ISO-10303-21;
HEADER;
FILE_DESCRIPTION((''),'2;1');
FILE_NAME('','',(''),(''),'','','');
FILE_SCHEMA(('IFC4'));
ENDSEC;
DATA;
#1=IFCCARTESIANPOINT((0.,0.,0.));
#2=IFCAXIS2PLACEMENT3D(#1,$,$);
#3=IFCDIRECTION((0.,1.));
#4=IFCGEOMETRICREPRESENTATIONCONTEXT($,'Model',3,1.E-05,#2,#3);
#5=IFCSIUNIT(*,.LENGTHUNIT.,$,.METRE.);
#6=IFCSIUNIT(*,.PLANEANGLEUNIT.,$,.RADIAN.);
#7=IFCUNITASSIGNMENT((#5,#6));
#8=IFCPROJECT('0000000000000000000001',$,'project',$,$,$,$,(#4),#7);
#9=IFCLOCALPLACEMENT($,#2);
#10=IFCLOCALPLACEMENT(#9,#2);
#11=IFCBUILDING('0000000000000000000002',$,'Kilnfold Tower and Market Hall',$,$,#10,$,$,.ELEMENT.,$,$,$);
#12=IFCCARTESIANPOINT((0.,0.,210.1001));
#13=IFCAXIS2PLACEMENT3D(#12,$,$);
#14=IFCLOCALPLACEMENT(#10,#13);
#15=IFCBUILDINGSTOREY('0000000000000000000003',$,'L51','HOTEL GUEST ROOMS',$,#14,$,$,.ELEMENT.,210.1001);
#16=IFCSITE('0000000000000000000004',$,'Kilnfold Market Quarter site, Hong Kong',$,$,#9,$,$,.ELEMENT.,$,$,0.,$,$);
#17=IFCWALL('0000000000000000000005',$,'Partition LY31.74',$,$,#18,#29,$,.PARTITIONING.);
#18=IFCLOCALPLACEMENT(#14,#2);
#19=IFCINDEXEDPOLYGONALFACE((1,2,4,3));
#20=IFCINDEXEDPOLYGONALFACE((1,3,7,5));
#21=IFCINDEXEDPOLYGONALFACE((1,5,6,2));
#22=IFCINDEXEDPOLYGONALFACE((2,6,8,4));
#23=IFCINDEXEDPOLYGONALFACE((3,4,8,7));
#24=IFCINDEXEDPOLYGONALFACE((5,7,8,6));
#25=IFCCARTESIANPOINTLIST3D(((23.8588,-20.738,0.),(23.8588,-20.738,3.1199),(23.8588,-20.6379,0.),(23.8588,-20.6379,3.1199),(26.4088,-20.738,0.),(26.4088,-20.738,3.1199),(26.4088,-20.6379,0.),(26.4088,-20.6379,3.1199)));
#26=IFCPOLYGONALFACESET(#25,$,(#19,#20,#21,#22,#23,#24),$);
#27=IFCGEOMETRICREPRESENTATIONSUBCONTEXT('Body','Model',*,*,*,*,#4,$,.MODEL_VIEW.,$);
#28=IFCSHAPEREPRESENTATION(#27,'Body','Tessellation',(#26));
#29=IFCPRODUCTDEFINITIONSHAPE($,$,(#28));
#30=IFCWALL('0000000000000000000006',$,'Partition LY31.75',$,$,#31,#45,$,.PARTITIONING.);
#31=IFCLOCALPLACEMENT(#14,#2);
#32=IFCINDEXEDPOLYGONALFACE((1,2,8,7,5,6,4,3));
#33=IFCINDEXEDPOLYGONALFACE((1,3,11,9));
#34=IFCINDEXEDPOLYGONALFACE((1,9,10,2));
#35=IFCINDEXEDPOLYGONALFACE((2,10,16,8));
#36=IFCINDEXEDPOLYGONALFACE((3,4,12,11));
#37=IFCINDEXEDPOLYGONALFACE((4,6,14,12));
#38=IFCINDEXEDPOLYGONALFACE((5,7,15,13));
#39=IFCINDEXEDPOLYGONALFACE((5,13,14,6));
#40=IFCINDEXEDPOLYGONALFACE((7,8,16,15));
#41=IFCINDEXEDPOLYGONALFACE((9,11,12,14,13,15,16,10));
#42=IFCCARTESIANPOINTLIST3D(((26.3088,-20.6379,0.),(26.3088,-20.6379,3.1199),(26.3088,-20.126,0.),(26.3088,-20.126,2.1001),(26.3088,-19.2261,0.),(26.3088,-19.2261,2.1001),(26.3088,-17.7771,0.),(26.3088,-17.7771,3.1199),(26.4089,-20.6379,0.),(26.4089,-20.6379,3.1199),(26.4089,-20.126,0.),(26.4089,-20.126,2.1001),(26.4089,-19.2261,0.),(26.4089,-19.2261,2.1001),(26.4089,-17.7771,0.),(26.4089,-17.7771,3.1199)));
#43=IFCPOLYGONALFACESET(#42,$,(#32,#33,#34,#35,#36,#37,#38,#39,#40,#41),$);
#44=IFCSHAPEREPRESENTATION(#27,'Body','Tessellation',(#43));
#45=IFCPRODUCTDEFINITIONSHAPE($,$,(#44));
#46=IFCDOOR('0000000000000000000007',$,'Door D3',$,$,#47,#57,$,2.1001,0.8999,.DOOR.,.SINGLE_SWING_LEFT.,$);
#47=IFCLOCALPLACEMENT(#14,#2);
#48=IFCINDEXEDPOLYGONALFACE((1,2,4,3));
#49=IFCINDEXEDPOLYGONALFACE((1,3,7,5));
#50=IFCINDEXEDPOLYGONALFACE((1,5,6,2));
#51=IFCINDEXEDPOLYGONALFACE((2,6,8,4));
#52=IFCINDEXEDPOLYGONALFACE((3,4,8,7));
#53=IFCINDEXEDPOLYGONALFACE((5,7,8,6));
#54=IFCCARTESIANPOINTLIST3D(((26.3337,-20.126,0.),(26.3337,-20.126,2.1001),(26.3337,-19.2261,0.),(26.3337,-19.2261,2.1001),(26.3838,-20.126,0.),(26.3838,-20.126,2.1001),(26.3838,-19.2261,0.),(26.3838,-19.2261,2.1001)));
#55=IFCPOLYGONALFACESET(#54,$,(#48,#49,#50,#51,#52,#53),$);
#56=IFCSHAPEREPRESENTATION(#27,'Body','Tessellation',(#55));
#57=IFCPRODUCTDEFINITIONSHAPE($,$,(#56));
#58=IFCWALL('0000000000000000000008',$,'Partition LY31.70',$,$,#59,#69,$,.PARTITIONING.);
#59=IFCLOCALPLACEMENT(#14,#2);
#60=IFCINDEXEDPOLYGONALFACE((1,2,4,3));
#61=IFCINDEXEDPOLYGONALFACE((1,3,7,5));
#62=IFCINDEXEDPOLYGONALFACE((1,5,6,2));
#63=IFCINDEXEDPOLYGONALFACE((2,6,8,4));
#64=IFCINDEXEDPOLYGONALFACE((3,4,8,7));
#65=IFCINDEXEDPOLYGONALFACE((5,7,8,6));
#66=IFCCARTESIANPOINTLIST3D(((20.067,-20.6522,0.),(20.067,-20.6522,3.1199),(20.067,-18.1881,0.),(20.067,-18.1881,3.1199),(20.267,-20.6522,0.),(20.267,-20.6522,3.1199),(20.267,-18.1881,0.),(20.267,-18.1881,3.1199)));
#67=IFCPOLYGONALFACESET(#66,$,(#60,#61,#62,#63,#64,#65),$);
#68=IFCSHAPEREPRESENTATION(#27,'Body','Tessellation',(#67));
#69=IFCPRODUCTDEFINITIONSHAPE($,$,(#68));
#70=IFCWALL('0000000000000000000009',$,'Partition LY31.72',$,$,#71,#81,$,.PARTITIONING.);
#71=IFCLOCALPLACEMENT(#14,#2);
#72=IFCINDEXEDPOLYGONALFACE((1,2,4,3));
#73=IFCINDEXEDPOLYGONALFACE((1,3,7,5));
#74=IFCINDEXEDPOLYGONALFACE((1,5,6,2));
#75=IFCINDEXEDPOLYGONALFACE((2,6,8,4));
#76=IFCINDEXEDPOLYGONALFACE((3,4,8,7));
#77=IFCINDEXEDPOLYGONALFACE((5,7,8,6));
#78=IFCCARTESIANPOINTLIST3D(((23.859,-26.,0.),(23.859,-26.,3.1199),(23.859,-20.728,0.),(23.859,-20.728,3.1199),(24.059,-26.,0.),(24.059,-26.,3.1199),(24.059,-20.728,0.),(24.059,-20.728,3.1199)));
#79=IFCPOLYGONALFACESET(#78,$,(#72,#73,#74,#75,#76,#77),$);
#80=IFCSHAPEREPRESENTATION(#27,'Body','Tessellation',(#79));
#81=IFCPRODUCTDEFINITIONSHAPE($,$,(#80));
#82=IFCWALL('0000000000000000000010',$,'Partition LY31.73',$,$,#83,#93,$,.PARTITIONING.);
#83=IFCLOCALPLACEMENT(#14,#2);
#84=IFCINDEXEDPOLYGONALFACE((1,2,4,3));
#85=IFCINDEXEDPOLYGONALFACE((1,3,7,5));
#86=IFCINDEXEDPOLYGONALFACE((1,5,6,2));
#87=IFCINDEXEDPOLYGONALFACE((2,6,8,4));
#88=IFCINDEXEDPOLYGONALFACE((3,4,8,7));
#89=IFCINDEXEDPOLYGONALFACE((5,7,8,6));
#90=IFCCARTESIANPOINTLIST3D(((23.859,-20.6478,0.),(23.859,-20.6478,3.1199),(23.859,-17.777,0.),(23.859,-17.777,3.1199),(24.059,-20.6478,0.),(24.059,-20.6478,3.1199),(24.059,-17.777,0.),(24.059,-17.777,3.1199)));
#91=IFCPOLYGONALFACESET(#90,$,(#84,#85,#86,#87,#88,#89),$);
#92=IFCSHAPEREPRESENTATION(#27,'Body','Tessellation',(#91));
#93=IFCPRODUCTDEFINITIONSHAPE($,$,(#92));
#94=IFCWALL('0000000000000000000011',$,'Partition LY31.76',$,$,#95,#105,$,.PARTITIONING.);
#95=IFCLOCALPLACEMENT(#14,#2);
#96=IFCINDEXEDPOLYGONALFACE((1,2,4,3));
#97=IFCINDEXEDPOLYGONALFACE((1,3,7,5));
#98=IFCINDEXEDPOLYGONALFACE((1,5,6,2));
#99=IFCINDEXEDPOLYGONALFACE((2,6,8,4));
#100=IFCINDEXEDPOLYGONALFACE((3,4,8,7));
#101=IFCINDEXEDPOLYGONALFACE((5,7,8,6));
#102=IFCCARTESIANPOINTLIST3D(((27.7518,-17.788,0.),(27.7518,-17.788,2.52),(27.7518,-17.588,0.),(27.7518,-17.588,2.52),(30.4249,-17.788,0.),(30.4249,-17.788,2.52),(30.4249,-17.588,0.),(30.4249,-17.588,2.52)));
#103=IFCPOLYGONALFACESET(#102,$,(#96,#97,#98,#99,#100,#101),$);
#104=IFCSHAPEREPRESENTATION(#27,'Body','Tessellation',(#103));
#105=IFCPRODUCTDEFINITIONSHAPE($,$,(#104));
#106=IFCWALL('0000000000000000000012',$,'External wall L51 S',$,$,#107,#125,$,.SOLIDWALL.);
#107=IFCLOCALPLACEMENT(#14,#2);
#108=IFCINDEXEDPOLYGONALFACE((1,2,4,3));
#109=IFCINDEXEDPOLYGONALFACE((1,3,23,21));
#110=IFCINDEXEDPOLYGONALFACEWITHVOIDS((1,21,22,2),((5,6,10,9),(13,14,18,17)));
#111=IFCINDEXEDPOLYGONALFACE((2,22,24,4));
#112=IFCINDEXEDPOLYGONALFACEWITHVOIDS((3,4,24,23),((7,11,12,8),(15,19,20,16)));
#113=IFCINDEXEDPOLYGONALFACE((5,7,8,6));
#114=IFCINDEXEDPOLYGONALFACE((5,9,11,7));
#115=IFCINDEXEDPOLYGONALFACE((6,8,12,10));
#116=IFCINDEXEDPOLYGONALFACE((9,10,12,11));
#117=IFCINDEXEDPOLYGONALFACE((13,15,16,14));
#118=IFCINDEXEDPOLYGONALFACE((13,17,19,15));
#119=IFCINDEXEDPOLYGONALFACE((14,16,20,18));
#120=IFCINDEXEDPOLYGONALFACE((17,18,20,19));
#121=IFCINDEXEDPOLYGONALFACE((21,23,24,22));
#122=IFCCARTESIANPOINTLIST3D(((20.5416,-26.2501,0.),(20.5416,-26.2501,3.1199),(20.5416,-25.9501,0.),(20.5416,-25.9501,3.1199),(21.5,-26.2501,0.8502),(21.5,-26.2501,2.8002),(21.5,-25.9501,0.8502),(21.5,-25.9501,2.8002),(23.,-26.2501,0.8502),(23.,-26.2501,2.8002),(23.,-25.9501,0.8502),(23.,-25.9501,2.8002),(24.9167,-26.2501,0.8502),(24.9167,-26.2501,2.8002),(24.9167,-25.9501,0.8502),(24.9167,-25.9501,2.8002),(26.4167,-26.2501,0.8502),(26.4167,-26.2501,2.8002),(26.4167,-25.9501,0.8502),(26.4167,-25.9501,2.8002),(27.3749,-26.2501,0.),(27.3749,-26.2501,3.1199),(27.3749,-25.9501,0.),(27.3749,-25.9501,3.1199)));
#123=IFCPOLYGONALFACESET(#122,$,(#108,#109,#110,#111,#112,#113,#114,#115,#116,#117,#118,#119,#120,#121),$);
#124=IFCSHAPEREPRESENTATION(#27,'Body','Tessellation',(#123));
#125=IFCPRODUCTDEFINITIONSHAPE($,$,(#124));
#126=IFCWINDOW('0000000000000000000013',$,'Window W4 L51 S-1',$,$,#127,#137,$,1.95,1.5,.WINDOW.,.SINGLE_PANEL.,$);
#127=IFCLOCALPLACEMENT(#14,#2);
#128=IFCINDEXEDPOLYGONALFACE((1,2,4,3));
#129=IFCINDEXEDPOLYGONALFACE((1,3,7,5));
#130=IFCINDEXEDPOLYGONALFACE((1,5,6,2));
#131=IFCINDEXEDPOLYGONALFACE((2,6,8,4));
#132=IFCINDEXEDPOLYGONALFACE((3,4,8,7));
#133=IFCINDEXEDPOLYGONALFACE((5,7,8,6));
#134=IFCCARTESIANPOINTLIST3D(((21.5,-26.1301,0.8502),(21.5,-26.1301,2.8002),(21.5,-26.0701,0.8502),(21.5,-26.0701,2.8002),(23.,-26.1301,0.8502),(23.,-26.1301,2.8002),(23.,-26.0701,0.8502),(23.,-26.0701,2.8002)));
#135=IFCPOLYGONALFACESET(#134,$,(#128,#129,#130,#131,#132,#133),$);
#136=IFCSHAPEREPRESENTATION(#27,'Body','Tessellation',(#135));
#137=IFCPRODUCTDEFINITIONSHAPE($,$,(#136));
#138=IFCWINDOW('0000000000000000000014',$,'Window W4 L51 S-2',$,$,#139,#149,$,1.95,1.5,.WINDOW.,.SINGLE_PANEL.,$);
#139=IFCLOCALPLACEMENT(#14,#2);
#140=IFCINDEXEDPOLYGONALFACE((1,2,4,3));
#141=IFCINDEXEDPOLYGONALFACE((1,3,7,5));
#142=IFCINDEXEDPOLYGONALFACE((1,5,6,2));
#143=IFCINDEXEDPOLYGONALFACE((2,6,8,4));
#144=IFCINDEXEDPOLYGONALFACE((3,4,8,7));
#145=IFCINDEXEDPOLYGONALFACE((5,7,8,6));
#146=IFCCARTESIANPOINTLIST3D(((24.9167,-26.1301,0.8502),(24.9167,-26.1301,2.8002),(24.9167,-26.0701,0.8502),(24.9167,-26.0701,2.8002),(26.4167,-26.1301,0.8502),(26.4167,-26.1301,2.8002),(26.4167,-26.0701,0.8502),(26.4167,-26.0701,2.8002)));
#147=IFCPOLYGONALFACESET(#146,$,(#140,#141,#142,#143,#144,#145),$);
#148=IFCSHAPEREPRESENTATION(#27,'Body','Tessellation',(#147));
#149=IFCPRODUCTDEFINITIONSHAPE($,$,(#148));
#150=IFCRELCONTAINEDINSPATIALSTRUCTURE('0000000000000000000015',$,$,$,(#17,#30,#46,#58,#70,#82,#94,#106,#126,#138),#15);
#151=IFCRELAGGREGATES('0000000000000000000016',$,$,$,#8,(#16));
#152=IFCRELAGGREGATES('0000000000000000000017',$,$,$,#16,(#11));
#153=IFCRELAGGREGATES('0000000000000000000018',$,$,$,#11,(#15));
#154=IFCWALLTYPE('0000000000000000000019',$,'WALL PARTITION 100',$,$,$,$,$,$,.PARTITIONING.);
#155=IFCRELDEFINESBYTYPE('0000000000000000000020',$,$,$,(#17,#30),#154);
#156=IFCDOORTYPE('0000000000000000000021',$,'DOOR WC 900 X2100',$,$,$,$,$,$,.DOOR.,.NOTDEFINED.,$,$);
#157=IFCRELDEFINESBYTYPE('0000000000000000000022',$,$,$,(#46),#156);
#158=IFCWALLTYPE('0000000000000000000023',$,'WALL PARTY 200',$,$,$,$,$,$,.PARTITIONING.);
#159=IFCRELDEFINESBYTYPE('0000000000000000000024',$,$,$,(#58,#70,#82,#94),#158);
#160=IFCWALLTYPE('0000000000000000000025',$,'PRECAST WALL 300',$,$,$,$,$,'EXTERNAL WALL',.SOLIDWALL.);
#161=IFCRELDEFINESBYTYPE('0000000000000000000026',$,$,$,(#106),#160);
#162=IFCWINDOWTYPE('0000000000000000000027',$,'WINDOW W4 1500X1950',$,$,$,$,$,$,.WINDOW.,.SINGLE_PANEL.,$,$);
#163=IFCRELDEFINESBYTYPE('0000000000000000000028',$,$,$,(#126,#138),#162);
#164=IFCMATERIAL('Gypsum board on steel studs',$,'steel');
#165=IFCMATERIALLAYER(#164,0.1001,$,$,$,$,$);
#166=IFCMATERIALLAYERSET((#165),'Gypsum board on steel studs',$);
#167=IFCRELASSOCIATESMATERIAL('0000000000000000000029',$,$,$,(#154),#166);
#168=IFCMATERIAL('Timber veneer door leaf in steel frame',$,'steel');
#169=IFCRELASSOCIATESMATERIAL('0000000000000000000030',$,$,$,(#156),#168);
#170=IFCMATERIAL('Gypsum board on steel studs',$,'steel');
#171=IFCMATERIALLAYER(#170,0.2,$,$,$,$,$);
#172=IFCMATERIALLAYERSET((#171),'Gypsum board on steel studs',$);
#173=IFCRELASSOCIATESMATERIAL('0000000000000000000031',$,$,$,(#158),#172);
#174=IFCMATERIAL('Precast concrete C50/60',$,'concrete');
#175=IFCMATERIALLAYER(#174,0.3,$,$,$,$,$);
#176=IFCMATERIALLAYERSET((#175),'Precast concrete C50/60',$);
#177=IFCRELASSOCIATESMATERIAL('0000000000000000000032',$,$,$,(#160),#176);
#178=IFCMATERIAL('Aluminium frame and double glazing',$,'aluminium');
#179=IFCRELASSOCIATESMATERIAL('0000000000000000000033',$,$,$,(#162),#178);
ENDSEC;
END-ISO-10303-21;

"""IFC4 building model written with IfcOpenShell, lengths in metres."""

from ifc_helpers import new_model, si_unit, direction, frame, frame_2d, origin, place, context, subcontext, project, spatial, rectangle, extrude, source, transform, mapped, material, layer, layer_set, type_object, element, fill, save


model = new_model("IFC4")

# Units and contexts
model_context = context("Model", 3, precision=1e-05, world=origin(), true_north=direction((0.0, 1.0)))
body_context = subcontext(model_context, "Body", "Model", "MODEL_VIEW")
ifc_project = project(units=[si_unit("LENGTHUNIT", "METRE"), si_unit("PLANEANGLEUNIT", "RADIAN")], contexts=[model_context])

# Site, building, storey
site_placement = place(None, origin())
site = spatial("IfcSite", under=ifc_project, at=site_placement, Name="Kilnfold Market Quarter site, Hong Kong", CompositionType="ELEMENT", RefElevation=0.0)
building_placement = place(site_placement, origin())
building = spatial("IfcBuilding", under=site, at=building_placement, Name="Kilnfold Tower and Market Hall", CompositionType="ELEMENT")
storey_placement = place(building_placement, frame((0.0, 0.0, 210.1001)))
storey = spatial("IfcBuildingStorey", under=building, at=storey_placement, Name="L51", Description="HOTEL GUEST ROOMS", CompositionType="ELEMENT", Elevation=210.1001)

# Shared definitions
ifc_material_1 = material(Name="Gypsum board on steel studs", Category="steel")
ifc_layer_1 = layer(ifc_material_1, 0.1001)
ifc_layer_set_1 = layer_set([ifc_layer_1], Name="Gypsum board on steel studs")
wall_type_1 = type_object("IfcWallType", Name="WALL PARTITION 100", PredefinedType="PARTITIONING", material=ifc_layer_set_1)
ifc_material_2 = material(Name="Timber veneer door leaf in steel frame", Category="steel")
door_type_1 = type_object("IfcDoorType", Name="DOOR WC 900 X2100", OperationType="NOTDEFINED", PredefinedType="DOOR", material=ifc_material_2)

# Wall
wall_1_placement = place(storey_placement, frame((23.8589, -20.688, 0.0), z_axis=(0.0, 0.0, 1.0), x_axis=(1.0, 0.0, 0.0)))
element("IfcWall", 1, at=wall_1_placement, inside=storey, type_object=wall_type_1, Name="Partition LY31.74", PredefinedType="PARTITIONING", context=body_context, shape_type="SweptSolid", body=[
    extrude(rectangle(XDim=2.55, YDim=0.1001, at=frame_2d((1.2749, 0.0))), origin(), (0.0, 0.0, 1.0), 3.1199),
])

# Wall, opening, door
wall_2_placement = place(storey_placement, frame((26.3589, -17.7771, 0.0), z_axis=(0.0, 0.0, 1.0), x_axis=(0.0, -1.0, 0.0)))
wall_2 = element("IfcWall", 2, at=wall_2_placement, inside=storey, type_object=wall_type_1, Name="Partition LY31.75", PredefinedType="PARTITIONING", context=body_context, shape_type="SweptSolid", body=[
    extrude(rectangle(XDim=2.8608, YDim=0.1001, at=frame_2d((1.4304, 0.0))), origin(), (0.0, 0.0, 1.0), 3.1199),
])
opening_1_placement = place(wall_2_placement, frame((1.449, 0.0, 0.0)))
opening_1 = element("IfcOpeningElement", 3, at=opening_1_placement, cuts=wall_2, PredefinedType="OPENING", context=body_context, shape_type="SweptSolid", body=[
    extrude(rectangle(XDim=0.8999, YDim=2.1001, at=frame_2d((0.45, 1.05))), frame((0.0, 0.0601, 0.0), z_axis=(0.0, -1.0, 0.0), x_axis=(1.0, 0.0, 0.0)), (0.0, 0.0, 1.0), 0.1201),
])
door_1_placement = place(opening_1_placement, origin())
door_1 = element("IfcDoor", 4, at=door_1_placement, inside=storey, type_object=door_type_1, Name="Door D3", OperationType="SINGLE_SWING_LEFT", OverallHeight=2.1001, OverallWidth=0.8999, PredefinedType="DOOR", context=body_context, shape_type="SweptSolid", body=[
    extrude(rectangle(XDim=0.8999, YDim=2.1001, at=frame_2d((0.45, 1.05))), frame((0.0, 0.0249, 0.0), z_axis=(0.0, -1.0, 0.0), x_axis=(1.0, 0.0, 0.0)), (0.0, 0.0, 1.0), 0.05),
])
fill(opening_1, door_1)

# Walls
ifc_material_3 = material(Name="Gypsum board on steel studs", Category="steel")
ifc_layer_2 = layer(ifc_material_3, 0.2)
ifc_layer_set_2 = layer_set([ifc_layer_2], Name="Gypsum board on steel studs")
wall_type_2 = type_object("IfcWallType", Name="WALL PARTY 200", PredefinedType="PARTITIONING", material=ifc_layer_set_2)
wall_3_placement = place(storey_placement, frame((20.167, -20.6521, 0.0), z_axis=(0.0, 0.0, 1.0), x_axis=(0.0, 1.0, 0.0)))
element("IfcWall", 5, at=wall_3_placement, inside=storey, type_object=wall_type_2, Name="Partition LY31.70", PredefinedType="PARTITIONING", context=body_context, shape_type="SweptSolid", body=[
    extrude(rectangle(XDim=2.4641, YDim=0.2, at=frame_2d((1.2319, 0.0))), origin(), (0.0, 0.0, 1.0), 3.1199),
])
wall_4_placement = place(storey_placement, frame((23.959, -26.0, 0.0), z_axis=(0.0, 0.0, 1.0), x_axis=(0.0, 1.0, 0.0)))
element("IfcWall", 6, at=wall_4_placement, inside=storey, type_object=wall_type_2, Name="Partition LY31.72", PredefinedType="PARTITIONING", context=body_context, shape_type="SweptSolid", body=[
    extrude(rectangle(XDim=5.272, YDim=0.2, at=frame_2d((2.636, 0.0))), origin(), (0.0, 0.0, 1.0), 3.1199),
])
wall_5_placement = place(storey_placement, frame((23.959, -20.6479, 0.0), z_axis=(0.0, 0.0, 1.0), x_axis=(0.0, 1.0, 0.0)))
element("IfcWall", 7, at=wall_5_placement, inside=storey, type_object=wall_type_2, Name="Partition LY31.73", PredefinedType="PARTITIONING", context=body_context, shape_type="SweptSolid", body=[
    extrude(rectangle(XDim=2.8708, YDim=0.2, at=frame_2d((1.4355, 0.0))), origin(), (0.0, 0.0, 1.0), 3.1199),
])
wall_6_placement = place(storey_placement, frame((27.752, -17.688, 0.0), z_axis=(0.0, 0.0, 1.0), x_axis=(1.0, 0.0, 0.0)))
element("IfcWall", 8, at=wall_6_placement, inside=storey, type_object=wall_type_2, Name="Partition LY31.76", PredefinedType="PARTITIONING", context=body_context, shape_type="SweptSolid", body=[
    extrude(rectangle(XDim=2.6731, YDim=0.2, at=frame_2d((1.3364, 0.0))), origin(), (0.0, 0.0, 1.0), 2.52),
])

# Wall, openings, windows
ifc_material_4 = material(Name="Precast concrete C50/60", Category="concrete")
ifc_layer_3 = layer(ifc_material_4, 0.3)
ifc_layer_set_3 = layer_set([ifc_layer_3], Name="Precast concrete C50/60")
wall_type_3 = type_object("IfcWallType", Name="PRECAST WALL 300", ElementType="EXTERNAL WALL", PredefinedType="SOLIDWALL", material=ifc_layer_set_3)
shared_shape_1 = source(origin(), body_context, "Body", "SweptSolid", [
    extrude(rectangle(XDim=6.8333, YDim=0.3, at=frame_2d((3.4165, 0.0))), origin(), (0.0, 0.0, 1.0), 3.1199),
])
wall_7_placement = place(storey_placement, frame((20.5417, -26.1001, 0.0), z_axis=(0.0, 0.0, 1.0), x_axis=(1.0, 0.0, 0.0)))
wall_7 = element("IfcWall", 9, at=wall_7_placement, inside=storey, type_object=wall_type_3, Name="External wall L51 S", PredefinedType="SOLIDWALL", context=body_context, shape_type="MappedRepresentation", body=[
    mapped(shared_shape_1, transform((0.0, 0.0, 0.0))),
])
opening_2_placement = place(wall_7_placement, frame((0.9583, 0.0, 0.8501)))
opening_2 = element("IfcOpeningElement", 10, at=opening_2_placement, cuts=wall_7, PredefinedType="OPENING", context=body_context, shape_type="SweptSolid", body=[
    extrude(rectangle(XDim=1.5, YDim=1.95, at=frame_2d((0.75, 0.9751))), frame((0.0, 0.1602, 0.0), z_axis=(0.0, -1.0, 0.0), x_axis=(1.0, 0.0, 0.0)), (0.0, 0.0, 1.0), 0.3201),
])
opening_3_placement = place(wall_7_placement, frame((4.375, 0.0, 0.8501)))
opening_3 = element("IfcOpeningElement", 11, at=opening_3_placement, cuts=wall_7, PredefinedType="OPENING", context=body_context, shape_type="SweptSolid", body=[
    extrude(rectangle(XDim=1.5, YDim=1.95, at=frame_2d((0.75, 0.9751))), frame((0.0, 0.1602, 0.0), z_axis=(0.0, -1.0, 0.0), x_axis=(1.0, 0.0, 0.0)), (0.0, 0.0, 1.0), 0.3201),
])
ifc_material_5 = material(Name="Aluminium frame and double glazing", Category="aluminium")
window_type = type_object("IfcWindowType", Name="WINDOW W4 1500X1950", PartitioningType="SINGLE_PANEL", PredefinedType="WINDOW", material=ifc_material_5)
window_1_placement = place(opening_2_placement, origin())
window_1 = element("IfcWindow", 12, at=window_1_placement, inside=storey, type_object=window_type, Name="Window W4 L51 S-1", OverallHeight=1.95, OverallWidth=1.5, PartitioningType="SINGLE_PANEL", PredefinedType="WINDOW", context=body_context, shape_type="SweptSolid", body=[
    extrude(rectangle(XDim=1.5, YDim=1.95, at=frame_2d((0.75, 0.9751))), frame((0.0, 0.03, 0.0), z_axis=(0.0, -1.0, 0.0), x_axis=(1.0, 0.0, 0.0)), (0.0, 0.0, 1.0), 0.0601),
])
fill(opening_2, window_1)
window_2_placement = place(opening_3_placement, origin())
window_2 = element("IfcWindow", 13, at=window_2_placement, inside=storey, type_object=window_type, Name="Window W4 L51 S-2", OverallHeight=1.95, OverallWidth=1.5, PartitioningType="SINGLE_PANEL", PredefinedType="WINDOW", context=body_context, shape_type="SweptSolid", body=[
    extrude(rectangle(XDim=1.5, YDim=1.95, at=frame_2d((0.75, 0.9751))), frame((0.0, 0.03, 0.0), z_axis=(0.0, -1.0, 0.0), x_axis=(1.0, 0.0, 0.0)), (0.0, 0.0, 1.0), 0.0601),
])
fill(opening_3, window_2)

save(model, "model.ifc")
